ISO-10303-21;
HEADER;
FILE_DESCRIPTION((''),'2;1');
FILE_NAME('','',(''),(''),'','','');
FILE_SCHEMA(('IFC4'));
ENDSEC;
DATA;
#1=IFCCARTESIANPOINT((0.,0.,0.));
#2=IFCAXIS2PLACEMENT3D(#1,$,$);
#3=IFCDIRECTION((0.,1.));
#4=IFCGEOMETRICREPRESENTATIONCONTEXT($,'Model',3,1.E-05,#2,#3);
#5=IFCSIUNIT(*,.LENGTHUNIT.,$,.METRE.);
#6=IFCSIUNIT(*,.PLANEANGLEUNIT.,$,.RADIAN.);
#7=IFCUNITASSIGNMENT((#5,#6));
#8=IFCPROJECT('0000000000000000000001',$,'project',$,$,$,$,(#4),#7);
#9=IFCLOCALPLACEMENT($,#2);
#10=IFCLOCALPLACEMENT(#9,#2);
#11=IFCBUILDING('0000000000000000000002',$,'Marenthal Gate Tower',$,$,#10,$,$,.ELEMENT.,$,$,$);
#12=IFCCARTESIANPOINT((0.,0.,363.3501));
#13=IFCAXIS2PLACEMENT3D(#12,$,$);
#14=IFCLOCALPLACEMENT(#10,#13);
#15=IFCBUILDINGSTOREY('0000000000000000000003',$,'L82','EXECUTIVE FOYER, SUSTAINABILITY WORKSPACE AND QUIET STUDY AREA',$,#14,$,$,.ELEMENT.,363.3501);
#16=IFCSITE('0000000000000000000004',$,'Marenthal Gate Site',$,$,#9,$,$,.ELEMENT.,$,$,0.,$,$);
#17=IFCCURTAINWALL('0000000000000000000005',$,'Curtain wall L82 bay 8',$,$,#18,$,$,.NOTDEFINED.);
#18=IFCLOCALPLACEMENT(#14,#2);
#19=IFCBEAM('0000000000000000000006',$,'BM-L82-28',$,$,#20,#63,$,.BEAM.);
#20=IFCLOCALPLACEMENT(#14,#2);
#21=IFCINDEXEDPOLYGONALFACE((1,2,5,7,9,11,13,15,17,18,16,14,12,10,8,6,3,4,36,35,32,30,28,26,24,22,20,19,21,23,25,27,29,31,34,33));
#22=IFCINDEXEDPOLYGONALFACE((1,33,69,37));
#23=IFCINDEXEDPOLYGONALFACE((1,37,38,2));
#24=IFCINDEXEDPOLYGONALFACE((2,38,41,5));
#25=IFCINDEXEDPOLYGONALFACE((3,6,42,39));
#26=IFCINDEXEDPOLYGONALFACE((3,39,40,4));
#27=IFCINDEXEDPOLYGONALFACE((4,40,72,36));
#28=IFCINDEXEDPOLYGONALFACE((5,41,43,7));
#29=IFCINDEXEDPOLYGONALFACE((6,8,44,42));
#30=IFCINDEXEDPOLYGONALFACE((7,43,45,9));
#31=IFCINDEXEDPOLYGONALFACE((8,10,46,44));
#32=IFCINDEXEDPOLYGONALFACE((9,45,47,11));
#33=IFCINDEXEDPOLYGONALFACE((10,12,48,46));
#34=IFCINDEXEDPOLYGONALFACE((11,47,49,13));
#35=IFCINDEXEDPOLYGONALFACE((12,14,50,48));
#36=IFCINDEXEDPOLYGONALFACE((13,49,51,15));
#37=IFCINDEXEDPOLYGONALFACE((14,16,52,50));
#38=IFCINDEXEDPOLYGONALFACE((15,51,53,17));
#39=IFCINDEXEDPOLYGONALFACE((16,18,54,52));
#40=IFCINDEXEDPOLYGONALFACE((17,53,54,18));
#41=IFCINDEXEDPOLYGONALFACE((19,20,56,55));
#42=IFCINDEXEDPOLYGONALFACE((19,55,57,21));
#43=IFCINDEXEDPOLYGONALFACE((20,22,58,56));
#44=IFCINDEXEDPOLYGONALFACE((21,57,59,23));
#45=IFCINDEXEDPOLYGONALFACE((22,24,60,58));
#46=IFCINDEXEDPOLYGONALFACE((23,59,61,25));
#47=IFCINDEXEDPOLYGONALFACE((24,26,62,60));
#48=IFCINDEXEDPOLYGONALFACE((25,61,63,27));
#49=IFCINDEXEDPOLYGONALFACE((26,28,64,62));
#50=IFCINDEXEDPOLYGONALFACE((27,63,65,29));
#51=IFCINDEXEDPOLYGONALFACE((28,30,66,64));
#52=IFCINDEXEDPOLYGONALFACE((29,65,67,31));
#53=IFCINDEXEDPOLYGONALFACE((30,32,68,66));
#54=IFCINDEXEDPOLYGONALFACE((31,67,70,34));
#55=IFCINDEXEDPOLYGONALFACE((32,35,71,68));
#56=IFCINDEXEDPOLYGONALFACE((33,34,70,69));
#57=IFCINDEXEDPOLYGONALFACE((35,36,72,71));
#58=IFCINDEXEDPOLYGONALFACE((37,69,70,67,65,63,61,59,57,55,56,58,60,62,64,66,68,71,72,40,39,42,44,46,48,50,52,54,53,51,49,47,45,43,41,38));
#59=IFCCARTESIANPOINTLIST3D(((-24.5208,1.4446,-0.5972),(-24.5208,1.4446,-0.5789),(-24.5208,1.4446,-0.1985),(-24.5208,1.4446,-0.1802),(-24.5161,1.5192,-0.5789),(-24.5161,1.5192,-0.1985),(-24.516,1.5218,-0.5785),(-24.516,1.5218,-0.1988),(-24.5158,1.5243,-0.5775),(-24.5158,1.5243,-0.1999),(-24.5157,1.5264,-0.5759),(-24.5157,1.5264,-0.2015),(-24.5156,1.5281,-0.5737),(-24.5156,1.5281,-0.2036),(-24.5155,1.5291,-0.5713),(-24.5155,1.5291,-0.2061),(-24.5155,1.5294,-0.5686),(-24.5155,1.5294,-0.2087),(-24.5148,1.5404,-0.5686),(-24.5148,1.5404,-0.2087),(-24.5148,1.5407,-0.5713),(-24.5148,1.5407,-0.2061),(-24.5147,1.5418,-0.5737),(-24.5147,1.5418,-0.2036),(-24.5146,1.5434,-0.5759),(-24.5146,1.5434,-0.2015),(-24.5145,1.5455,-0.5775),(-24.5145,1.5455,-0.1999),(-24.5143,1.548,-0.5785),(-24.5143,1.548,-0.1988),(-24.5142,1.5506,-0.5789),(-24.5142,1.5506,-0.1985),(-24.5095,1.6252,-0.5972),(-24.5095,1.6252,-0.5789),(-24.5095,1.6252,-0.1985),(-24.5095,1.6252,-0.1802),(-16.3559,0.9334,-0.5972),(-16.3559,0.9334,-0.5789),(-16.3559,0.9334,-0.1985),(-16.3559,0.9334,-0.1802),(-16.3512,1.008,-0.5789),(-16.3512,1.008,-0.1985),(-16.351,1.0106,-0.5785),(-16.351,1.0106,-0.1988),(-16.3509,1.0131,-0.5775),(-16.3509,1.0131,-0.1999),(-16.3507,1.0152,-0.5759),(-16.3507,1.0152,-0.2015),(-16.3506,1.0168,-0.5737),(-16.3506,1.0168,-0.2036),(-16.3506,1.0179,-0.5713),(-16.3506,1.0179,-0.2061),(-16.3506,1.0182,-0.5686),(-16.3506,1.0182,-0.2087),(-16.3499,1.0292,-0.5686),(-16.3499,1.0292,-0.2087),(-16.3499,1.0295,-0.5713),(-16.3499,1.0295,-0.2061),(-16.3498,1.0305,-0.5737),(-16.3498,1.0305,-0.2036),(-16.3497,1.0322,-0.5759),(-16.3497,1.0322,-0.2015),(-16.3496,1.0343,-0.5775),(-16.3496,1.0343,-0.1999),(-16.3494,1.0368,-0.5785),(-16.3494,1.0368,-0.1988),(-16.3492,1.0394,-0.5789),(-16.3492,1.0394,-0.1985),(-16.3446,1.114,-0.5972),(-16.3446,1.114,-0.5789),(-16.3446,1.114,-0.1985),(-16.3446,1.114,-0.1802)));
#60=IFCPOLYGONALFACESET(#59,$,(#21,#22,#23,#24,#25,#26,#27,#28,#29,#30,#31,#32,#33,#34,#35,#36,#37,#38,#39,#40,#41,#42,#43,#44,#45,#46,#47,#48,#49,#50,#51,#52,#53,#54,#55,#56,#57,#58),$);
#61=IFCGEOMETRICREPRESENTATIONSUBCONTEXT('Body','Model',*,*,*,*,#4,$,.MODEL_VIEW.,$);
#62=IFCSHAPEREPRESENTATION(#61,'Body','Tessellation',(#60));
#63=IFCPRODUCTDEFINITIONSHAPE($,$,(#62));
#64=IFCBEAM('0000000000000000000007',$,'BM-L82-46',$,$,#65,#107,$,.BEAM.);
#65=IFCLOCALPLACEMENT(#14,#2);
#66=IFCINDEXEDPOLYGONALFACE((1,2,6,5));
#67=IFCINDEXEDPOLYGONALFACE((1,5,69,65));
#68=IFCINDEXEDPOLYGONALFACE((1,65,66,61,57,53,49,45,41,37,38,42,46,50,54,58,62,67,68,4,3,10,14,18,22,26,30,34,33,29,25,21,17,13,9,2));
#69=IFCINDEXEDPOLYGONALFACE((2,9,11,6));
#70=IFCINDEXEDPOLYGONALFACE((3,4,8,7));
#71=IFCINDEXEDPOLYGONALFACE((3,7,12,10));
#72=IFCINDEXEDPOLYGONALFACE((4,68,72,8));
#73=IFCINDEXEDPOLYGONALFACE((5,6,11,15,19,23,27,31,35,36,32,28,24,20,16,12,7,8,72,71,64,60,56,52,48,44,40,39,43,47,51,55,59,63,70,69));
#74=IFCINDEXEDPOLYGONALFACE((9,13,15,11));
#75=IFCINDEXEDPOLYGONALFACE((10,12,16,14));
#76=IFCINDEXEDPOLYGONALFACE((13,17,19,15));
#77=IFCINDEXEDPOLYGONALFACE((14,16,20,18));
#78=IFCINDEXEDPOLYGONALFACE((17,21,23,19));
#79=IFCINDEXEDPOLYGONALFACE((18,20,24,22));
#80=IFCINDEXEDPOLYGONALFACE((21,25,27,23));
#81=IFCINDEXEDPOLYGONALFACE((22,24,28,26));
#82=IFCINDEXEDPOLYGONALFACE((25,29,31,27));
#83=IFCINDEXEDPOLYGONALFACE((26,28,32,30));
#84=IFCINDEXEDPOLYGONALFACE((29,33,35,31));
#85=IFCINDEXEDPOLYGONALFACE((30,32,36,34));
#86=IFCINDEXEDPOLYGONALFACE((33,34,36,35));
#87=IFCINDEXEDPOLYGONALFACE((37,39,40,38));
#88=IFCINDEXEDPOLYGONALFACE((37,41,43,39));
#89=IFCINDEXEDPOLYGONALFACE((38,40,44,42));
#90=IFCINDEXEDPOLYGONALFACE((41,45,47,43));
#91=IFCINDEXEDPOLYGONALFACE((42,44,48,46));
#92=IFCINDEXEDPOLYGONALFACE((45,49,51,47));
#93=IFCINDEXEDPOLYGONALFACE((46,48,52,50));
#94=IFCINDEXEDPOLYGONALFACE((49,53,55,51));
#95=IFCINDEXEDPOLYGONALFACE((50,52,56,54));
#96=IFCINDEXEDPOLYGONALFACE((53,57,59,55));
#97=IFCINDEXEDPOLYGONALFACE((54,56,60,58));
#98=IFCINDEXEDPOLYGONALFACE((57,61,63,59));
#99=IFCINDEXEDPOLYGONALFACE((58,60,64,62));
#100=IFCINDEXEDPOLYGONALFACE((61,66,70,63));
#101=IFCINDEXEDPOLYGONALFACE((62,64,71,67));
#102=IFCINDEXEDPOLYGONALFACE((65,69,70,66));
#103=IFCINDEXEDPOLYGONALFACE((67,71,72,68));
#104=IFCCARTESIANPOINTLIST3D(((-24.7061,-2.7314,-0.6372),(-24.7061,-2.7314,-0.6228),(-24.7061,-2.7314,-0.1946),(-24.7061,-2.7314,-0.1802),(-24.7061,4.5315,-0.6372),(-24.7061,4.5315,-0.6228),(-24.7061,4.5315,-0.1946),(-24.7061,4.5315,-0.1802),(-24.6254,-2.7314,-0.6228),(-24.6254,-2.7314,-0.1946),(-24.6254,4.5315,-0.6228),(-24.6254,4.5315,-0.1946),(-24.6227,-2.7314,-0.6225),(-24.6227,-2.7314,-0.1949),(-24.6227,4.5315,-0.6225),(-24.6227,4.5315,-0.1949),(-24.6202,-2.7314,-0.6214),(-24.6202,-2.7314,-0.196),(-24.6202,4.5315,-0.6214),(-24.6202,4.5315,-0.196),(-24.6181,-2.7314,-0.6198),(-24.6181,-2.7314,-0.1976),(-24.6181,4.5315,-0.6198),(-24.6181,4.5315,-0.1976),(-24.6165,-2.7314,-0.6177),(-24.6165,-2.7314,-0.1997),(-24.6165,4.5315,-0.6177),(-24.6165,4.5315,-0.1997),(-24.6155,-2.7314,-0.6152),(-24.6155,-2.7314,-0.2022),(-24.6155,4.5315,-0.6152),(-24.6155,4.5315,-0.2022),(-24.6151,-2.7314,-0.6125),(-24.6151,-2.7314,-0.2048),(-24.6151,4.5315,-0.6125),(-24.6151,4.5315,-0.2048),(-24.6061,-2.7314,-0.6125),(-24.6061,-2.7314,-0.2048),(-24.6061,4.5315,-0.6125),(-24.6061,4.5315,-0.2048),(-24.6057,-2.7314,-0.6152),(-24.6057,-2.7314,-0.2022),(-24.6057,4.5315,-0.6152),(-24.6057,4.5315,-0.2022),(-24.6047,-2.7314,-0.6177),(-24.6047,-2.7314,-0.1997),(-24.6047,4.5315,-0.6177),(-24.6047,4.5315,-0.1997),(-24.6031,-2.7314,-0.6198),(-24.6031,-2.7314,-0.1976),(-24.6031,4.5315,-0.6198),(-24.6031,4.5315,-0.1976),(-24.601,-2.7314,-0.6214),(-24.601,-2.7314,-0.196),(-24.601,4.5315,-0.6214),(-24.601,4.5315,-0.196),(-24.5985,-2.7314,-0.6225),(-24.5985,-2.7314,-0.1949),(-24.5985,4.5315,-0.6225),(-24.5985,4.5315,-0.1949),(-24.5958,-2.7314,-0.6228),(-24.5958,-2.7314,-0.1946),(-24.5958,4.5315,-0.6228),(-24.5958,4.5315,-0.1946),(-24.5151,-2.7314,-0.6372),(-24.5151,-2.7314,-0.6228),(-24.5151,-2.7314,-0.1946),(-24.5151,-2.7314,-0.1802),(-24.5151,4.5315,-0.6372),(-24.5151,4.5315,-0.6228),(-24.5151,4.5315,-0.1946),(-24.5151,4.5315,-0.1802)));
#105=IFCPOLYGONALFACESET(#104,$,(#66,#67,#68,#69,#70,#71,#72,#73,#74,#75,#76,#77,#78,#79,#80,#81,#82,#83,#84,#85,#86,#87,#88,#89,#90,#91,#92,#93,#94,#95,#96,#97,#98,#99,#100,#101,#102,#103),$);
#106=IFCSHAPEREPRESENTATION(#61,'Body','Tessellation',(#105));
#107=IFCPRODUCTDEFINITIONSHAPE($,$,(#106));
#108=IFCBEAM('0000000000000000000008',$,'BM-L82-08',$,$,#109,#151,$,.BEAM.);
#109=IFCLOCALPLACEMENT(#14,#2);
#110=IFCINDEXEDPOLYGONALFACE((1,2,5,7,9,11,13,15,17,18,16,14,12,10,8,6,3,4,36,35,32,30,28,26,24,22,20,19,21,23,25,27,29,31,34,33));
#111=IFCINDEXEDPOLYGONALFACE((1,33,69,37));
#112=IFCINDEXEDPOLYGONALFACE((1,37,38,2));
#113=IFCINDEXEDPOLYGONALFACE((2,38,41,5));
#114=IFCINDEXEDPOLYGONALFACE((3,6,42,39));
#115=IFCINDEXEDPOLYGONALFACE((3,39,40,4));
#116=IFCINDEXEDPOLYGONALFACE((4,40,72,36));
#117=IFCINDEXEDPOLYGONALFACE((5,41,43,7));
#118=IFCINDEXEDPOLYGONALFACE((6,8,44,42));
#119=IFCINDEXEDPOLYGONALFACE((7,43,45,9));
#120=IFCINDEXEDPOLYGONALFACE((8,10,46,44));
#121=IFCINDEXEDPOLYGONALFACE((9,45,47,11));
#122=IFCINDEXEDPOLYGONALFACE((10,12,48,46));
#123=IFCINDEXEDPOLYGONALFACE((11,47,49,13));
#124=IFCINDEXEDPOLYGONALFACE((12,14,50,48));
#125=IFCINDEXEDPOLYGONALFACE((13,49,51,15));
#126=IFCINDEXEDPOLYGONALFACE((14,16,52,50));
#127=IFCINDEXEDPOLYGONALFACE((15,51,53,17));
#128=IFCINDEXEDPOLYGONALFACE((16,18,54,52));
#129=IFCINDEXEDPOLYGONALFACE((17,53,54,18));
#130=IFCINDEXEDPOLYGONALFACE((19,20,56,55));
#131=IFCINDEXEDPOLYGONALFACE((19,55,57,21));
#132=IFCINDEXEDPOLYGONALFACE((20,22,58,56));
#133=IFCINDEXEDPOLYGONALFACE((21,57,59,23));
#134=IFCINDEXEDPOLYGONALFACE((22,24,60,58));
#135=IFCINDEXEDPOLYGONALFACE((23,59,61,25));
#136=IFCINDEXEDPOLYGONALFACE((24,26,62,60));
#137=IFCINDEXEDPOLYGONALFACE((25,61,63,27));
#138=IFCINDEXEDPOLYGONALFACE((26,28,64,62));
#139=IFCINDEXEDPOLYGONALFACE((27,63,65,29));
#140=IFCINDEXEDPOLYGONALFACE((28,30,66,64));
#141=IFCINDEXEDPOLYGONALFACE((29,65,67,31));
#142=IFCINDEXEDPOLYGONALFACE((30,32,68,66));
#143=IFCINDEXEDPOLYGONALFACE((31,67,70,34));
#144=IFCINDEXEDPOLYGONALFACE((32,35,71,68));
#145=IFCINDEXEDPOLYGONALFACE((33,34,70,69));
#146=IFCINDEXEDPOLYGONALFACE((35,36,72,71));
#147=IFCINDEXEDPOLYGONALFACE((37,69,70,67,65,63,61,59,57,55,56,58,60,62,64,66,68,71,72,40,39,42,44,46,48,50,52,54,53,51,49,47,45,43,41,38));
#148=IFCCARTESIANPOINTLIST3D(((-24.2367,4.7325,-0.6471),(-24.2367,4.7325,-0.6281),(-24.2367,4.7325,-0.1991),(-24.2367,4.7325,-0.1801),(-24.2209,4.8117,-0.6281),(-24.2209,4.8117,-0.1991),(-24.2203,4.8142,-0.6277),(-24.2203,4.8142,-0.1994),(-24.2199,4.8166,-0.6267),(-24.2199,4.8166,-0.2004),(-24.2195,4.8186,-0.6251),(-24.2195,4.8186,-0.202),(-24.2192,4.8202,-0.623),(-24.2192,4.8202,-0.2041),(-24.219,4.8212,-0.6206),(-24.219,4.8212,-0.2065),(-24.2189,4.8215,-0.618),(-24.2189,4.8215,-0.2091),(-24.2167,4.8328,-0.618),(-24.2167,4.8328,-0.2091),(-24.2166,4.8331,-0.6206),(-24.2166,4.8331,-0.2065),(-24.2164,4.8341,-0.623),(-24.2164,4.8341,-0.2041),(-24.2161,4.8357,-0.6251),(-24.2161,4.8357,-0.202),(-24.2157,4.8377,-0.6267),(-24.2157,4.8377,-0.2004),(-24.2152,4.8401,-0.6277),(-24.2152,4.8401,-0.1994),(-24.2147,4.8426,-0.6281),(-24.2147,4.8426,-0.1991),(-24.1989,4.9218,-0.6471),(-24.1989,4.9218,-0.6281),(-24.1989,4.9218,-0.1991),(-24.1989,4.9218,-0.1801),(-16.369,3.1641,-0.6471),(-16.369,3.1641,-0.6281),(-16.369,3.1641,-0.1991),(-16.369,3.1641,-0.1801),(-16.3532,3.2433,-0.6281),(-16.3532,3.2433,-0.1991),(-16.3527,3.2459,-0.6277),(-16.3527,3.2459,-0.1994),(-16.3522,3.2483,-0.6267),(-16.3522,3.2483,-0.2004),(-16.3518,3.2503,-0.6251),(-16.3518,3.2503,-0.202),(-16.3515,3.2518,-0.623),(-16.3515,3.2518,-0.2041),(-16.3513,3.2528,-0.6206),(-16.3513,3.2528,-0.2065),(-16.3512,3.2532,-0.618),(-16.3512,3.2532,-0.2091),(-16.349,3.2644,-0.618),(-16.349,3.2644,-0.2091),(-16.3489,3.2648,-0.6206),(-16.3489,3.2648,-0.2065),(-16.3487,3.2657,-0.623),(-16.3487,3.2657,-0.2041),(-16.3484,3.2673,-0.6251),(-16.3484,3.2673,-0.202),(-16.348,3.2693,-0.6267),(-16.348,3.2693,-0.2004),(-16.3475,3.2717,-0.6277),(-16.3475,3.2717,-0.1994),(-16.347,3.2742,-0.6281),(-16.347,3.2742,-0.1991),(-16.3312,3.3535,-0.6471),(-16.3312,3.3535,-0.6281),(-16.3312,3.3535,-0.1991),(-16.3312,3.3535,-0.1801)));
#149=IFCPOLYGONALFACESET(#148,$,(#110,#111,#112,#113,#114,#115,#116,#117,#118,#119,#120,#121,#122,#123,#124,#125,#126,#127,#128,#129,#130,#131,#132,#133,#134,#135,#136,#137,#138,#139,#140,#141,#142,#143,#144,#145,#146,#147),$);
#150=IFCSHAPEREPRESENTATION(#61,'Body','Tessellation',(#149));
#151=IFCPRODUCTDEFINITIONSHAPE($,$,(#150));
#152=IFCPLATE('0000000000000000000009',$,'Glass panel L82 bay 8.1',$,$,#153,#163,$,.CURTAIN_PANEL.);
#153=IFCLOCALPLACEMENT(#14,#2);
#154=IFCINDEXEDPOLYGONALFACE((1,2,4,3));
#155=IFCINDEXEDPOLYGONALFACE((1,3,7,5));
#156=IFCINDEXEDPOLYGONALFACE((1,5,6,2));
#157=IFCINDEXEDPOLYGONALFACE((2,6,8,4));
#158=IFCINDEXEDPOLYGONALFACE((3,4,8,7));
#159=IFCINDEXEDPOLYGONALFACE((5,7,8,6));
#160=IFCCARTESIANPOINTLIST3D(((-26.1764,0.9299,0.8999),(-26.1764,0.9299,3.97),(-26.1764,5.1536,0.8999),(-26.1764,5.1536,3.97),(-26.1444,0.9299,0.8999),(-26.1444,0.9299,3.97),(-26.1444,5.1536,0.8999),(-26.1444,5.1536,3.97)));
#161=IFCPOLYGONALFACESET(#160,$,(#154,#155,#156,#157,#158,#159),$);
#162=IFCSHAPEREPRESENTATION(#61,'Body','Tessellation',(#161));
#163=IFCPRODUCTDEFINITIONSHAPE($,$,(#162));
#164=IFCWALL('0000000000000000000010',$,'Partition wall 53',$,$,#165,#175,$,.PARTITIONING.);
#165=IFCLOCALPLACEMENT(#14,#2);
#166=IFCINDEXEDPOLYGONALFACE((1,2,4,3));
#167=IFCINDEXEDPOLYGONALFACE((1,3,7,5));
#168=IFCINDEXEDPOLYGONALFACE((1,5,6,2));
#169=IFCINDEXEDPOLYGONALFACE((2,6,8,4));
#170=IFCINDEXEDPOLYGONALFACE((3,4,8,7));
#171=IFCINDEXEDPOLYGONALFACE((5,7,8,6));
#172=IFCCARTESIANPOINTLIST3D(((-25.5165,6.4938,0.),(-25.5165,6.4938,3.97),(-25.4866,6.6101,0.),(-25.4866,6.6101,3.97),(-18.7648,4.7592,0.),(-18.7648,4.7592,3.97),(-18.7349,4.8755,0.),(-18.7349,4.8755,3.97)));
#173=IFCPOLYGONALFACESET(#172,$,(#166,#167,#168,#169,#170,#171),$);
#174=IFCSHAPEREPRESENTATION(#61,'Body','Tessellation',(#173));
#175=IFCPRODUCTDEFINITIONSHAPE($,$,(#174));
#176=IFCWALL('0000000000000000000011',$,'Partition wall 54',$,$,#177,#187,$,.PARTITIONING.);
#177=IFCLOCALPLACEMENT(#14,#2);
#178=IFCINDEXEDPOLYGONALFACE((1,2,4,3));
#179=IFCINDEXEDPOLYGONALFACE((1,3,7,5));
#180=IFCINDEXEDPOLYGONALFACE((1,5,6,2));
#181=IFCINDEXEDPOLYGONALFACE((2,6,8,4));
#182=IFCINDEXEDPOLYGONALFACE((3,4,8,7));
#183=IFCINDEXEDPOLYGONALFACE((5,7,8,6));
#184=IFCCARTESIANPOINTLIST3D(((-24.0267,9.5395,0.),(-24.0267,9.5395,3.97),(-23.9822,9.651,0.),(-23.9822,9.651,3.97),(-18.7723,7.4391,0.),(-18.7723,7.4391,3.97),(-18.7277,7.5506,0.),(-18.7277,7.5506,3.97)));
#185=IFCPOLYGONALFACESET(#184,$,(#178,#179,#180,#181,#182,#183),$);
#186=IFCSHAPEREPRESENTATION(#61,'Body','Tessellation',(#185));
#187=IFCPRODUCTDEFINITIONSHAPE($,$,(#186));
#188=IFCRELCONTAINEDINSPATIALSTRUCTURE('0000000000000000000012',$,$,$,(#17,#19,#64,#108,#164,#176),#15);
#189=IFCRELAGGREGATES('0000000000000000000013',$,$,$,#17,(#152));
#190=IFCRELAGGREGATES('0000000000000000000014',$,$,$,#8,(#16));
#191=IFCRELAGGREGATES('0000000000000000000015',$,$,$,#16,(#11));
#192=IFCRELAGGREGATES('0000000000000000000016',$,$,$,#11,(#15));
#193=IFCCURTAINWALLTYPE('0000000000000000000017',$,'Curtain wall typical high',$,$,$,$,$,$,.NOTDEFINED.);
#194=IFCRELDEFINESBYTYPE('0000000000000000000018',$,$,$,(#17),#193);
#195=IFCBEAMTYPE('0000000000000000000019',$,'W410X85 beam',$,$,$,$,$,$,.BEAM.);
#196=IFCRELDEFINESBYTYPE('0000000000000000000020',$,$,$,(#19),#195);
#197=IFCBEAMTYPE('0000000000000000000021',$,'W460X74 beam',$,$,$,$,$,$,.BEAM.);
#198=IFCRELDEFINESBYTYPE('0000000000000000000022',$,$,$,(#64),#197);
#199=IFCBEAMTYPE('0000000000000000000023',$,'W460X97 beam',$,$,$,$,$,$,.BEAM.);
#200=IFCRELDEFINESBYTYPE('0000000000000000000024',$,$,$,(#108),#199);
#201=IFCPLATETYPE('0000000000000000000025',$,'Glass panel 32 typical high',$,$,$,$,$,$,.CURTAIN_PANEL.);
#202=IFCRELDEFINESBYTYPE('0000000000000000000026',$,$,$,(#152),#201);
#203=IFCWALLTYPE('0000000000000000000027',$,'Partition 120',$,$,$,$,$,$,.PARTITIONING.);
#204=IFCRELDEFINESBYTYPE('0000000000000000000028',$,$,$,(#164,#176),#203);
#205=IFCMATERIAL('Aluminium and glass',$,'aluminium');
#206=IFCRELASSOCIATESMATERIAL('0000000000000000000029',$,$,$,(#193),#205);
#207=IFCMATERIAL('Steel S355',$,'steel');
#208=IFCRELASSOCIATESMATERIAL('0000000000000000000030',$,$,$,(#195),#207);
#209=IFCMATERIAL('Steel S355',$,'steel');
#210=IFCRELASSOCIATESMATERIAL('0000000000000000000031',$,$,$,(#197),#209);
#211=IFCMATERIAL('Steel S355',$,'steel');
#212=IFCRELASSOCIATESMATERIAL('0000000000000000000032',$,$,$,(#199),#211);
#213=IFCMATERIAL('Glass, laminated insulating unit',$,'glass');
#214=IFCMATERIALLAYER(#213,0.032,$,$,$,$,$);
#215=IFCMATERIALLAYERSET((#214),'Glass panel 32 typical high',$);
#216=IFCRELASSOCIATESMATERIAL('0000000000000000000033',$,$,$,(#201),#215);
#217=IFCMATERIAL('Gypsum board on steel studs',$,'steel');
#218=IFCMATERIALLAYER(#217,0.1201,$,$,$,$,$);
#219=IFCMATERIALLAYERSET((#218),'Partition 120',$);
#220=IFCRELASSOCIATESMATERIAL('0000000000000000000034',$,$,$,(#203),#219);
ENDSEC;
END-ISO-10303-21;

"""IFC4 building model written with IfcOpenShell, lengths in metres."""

from ifc_helpers import new_model, si_unit, direction, frame, frame_2d, origin, origin_2d, place, context, subcontext, project, spatial, rectangle, i_section, extrude, material, layer, layer_set, material_profile, profile_set, type_object, element, aggregate, save


model = new_model("IFC4")

# Units and contexts
model_context = context("Model", 3, precision=1e-05, world=origin(), true_north=direction((0.0, 1.0)))
body_context = subcontext(model_context, "Body", "Model", "MODEL_VIEW")
ifc_project = project(units=[si_unit("LENGTHUNIT", "METRE"), si_unit("PLANEANGLEUNIT", "RADIAN")], contexts=[model_context])

# Site, building, storey
site_placement = place(None, origin())
site = spatial("IfcSite", under=ifc_project, at=site_placement, Name="Marenthal Gate Site", CompositionType="ELEMENT", RefElevation=0.0)
building_placement = place(site_placement, origin())
building = spatial("IfcBuilding", under=site, at=building_placement, Name="Marenthal Gate Tower", CompositionType="ELEMENT")
storey_placement = place(building_placement, frame((0.0, 0.0, 363.3501)))
storey = spatial("IfcBuildingStorey", under=building, at=storey_placement, Name="L82", Description="EXECUTIVE FOYER, SUSTAINABILITY WORKSPACE AND QUIET STUDY AREA", CompositionType="ELEMENT", Elevation=363.3501)

# Curtain wall
ifc_material_1 = material(Name="Aluminium and glass", Category="aluminium")
curtain_wall_type = type_object("IfcCurtainWallType", Name="Curtain wall typical high", PredefinedType="NOTDEFINED", material=ifc_material_1)
curtain_wall_placement = place(storey_placement, origin())
curtain_wall = element("IfcCurtainWall", 1, at=curtain_wall_placement, inside=storey, type_object=curtain_wall_type, Name="Curtain wall L82 bay 8", PredefinedType="NOTDEFINED")

# Beams
ifc_material_2 = material(Name="Steel S355", Category="steel")
ifc_material_profile_1 = material_profile(ifc_material_2, i_section(OverallWidth=0.1809, OverallDepth=0.417, WebThickness=0.011, FlangeThickness=0.0183, FilletRadius=0.0103, at=origin_2d()), Name="W410X85")
ifc_profile_set_1 = profile_set([ifc_material_profile_1], Name="Steel S355")
beam_type_1 = type_object("IfcBeamType", Name="W410X85 beam", PredefinedType="BEAM", material=ifc_profile_set_1)
beam_1_placement = place(storey_placement, frame((-24.5151, 1.5349, -0.3887), z_axis=(0.998046, -0.06249, 0.0), x_axis=(0.06249, 0.998046, 0.0)))
element("IfcBeam", 2, at=beam_1_placement, inside=storey, type_object=beam_type_1, Name="BM-L82-28", PredefinedType="BEAM", context=body_context, shape_type="SweptSolid", body=[
    extrude(i_section(OverallWidth=0.1809, OverallDepth=0.417, WebThickness=0.011, FlangeThickness=0.0183, FilletRadius=0.0103, at=origin_2d()), origin(), (0.0, 0.0, 1.0), 8.1809),
])
ifc_material_3 = material(Name="Steel S355", Category="steel")
ifc_material_profile_2 = material_profile(ifc_material_3, i_section(OverallWidth=0.1909, OverallDepth=0.457, WebThickness=0.009, FlangeThickness=0.0144, FilletRadius=0.0103, at=origin_2d()), Name="W460X74")
ifc_profile_set_2 = profile_set([ifc_material_profile_2], Name="Steel S355")
beam_type_2 = type_object("IfcBeamType", Name="W460X74 beam", PredefinedType="BEAM", material=ifc_profile_set_2)
beam_2_placement = place(storey_placement, frame((-24.6106, 4.5315, -0.4087), z_axis=(0.0, -1.0, 0.0), x_axis=(1.0, 0.0, 0.0)))
element("IfcBeam", 3, at=beam_2_placement, inside=storey, type_object=beam_type_2, Name="BM-L82-46", PredefinedType="BEAM", context=body_context, shape_type="SweptSolid", body=[
    extrude(i_section(OverallWidth=0.1909, OverallDepth=0.457, WebThickness=0.009, FlangeThickness=0.0144, FilletRadius=0.0103, at=origin_2d()), origin(), (0.0, 0.0, 1.0), 7.2629),
])
ifc_material_4 = material(Name="Steel S355", Category="steel")
ifc_material_profile_3 = material_profile(ifc_material_4, i_section(OverallWidth=0.1931, OverallDepth=0.467, WebThickness=0.0115, FlangeThickness=0.019, FilletRadius=0.01, at=origin_2d()), Name="W460X97")
ifc_profile_set_3 = profile_set([ifc_material_profile_3], Name="Steel S355")
beam_type_3 = type_object("IfcBeamType", Name="W460X97 beam", PredefinedType="BEAM", material=ifc_profile_set_3)
beam_3_placement = place(storey_placement, frame((-24.2178, 4.8271, -0.4136), z_axis=(0.980705, -0.195496, 0.0), x_axis=(0.195496, 0.980705, 0.0)))
element("IfcBeam", 4, at=beam_3_placement, inside=storey, type_object=beam_type_3, Name="BM-L82-08", PredefinedType="BEAM", context=body_context, shape_type="SweptSolid", body=[
    extrude(i_section(OverallWidth=0.1931, OverallDepth=0.467, WebThickness=0.0115, FlangeThickness=0.019, FilletRadius=0.01, at=origin_2d()), origin(), (0.0, 0.0, 1.0), 8.0225),
])

# Plate
ifc_material_5 = material(Name="Glass, laminated insulating unit", Category="glass")
ifc_layer_1 = layer(ifc_material_5, 0.032)
ifc_layer_set_1 = layer_set([ifc_layer_1], Name="Glass panel 32 typical high")
plate_type = type_object("IfcPlateType", Name="Glass panel 32 typical high", PredefinedType="CURTAIN_PANEL", material=ifc_layer_set_1)
plate_placement = place(storey_placement, frame((-26.1604, 3.0417, 0.8999), z_axis=(0.0, 0.0, 1.0), x_axis=(0.0, -1.0, 0.0)))
plate = element("IfcPlate", 5, at=plate_placement, type_object=plate_type, Name="Glass panel L82 bay 8.1", PredefinedType="CURTAIN_PANEL", context=body_context, shape_type="SweptSolid", body=[
    extrude(rectangle(XDim=4.2236, YDim=0.032, at=origin_2d()), origin(), (0.0, 0.0, 1.0), 3.0701),
])
aggregate(curtain_wall, [plate])

# Walls
ifc_material_6 = material(Name="Gypsum board on steel studs", Category="steel")
ifc_layer_2 = layer(ifc_material_6, 0.1201)
ifc_layer_set_2 = layer_set([ifc_layer_2], Name="Partition 120")
wall_type_1 = type_object("IfcWallType", Name="Partition 120", PredefinedType="PARTITIONING", material=ifc_layer_set_2)
wall_1_placement = place(storey_placement, frame((-18.75, 4.8174, 0.0), z_axis=(0.0, 0.0, 1.0), x_axis=(-0.968546, 0.248835, 0.0)))
element("IfcWall", 6, at=wall_1_placement, inside=storey, type_object=wall_type_1, Name="Partition wall 53", PredefinedType="PARTITIONING", context=body_context, shape_type="SweptSolid", body=[
    extrude(rectangle(XDim=6.9709, YDim=0.1201, at=frame_2d((3.4854, 0.0))), origin(), (0.0, 0.0, 1.0), 3.97),
])
wall_2_placement = place(storey_placement, frame((-18.75, 7.4949, 0.0), z_axis=(0.0, 0.0, 1.0), x_axis=(-0.928563, 0.371175, 0.0)))
element("IfcWall", 7, at=wall_2_placement, inside=storey, type_object=wall_type_1, Name="Partition wall 54", PredefinedType="PARTITIONING", context=body_context, shape_type="SweptSolid", body=[
    extrude(rectangle(XDim=5.6587, YDim=0.1201, at=frame_2d((2.8293, 0.0))), origin(), (0.0, 0.0, 1.0), 3.97),
])

save(model, "model.ifc")
